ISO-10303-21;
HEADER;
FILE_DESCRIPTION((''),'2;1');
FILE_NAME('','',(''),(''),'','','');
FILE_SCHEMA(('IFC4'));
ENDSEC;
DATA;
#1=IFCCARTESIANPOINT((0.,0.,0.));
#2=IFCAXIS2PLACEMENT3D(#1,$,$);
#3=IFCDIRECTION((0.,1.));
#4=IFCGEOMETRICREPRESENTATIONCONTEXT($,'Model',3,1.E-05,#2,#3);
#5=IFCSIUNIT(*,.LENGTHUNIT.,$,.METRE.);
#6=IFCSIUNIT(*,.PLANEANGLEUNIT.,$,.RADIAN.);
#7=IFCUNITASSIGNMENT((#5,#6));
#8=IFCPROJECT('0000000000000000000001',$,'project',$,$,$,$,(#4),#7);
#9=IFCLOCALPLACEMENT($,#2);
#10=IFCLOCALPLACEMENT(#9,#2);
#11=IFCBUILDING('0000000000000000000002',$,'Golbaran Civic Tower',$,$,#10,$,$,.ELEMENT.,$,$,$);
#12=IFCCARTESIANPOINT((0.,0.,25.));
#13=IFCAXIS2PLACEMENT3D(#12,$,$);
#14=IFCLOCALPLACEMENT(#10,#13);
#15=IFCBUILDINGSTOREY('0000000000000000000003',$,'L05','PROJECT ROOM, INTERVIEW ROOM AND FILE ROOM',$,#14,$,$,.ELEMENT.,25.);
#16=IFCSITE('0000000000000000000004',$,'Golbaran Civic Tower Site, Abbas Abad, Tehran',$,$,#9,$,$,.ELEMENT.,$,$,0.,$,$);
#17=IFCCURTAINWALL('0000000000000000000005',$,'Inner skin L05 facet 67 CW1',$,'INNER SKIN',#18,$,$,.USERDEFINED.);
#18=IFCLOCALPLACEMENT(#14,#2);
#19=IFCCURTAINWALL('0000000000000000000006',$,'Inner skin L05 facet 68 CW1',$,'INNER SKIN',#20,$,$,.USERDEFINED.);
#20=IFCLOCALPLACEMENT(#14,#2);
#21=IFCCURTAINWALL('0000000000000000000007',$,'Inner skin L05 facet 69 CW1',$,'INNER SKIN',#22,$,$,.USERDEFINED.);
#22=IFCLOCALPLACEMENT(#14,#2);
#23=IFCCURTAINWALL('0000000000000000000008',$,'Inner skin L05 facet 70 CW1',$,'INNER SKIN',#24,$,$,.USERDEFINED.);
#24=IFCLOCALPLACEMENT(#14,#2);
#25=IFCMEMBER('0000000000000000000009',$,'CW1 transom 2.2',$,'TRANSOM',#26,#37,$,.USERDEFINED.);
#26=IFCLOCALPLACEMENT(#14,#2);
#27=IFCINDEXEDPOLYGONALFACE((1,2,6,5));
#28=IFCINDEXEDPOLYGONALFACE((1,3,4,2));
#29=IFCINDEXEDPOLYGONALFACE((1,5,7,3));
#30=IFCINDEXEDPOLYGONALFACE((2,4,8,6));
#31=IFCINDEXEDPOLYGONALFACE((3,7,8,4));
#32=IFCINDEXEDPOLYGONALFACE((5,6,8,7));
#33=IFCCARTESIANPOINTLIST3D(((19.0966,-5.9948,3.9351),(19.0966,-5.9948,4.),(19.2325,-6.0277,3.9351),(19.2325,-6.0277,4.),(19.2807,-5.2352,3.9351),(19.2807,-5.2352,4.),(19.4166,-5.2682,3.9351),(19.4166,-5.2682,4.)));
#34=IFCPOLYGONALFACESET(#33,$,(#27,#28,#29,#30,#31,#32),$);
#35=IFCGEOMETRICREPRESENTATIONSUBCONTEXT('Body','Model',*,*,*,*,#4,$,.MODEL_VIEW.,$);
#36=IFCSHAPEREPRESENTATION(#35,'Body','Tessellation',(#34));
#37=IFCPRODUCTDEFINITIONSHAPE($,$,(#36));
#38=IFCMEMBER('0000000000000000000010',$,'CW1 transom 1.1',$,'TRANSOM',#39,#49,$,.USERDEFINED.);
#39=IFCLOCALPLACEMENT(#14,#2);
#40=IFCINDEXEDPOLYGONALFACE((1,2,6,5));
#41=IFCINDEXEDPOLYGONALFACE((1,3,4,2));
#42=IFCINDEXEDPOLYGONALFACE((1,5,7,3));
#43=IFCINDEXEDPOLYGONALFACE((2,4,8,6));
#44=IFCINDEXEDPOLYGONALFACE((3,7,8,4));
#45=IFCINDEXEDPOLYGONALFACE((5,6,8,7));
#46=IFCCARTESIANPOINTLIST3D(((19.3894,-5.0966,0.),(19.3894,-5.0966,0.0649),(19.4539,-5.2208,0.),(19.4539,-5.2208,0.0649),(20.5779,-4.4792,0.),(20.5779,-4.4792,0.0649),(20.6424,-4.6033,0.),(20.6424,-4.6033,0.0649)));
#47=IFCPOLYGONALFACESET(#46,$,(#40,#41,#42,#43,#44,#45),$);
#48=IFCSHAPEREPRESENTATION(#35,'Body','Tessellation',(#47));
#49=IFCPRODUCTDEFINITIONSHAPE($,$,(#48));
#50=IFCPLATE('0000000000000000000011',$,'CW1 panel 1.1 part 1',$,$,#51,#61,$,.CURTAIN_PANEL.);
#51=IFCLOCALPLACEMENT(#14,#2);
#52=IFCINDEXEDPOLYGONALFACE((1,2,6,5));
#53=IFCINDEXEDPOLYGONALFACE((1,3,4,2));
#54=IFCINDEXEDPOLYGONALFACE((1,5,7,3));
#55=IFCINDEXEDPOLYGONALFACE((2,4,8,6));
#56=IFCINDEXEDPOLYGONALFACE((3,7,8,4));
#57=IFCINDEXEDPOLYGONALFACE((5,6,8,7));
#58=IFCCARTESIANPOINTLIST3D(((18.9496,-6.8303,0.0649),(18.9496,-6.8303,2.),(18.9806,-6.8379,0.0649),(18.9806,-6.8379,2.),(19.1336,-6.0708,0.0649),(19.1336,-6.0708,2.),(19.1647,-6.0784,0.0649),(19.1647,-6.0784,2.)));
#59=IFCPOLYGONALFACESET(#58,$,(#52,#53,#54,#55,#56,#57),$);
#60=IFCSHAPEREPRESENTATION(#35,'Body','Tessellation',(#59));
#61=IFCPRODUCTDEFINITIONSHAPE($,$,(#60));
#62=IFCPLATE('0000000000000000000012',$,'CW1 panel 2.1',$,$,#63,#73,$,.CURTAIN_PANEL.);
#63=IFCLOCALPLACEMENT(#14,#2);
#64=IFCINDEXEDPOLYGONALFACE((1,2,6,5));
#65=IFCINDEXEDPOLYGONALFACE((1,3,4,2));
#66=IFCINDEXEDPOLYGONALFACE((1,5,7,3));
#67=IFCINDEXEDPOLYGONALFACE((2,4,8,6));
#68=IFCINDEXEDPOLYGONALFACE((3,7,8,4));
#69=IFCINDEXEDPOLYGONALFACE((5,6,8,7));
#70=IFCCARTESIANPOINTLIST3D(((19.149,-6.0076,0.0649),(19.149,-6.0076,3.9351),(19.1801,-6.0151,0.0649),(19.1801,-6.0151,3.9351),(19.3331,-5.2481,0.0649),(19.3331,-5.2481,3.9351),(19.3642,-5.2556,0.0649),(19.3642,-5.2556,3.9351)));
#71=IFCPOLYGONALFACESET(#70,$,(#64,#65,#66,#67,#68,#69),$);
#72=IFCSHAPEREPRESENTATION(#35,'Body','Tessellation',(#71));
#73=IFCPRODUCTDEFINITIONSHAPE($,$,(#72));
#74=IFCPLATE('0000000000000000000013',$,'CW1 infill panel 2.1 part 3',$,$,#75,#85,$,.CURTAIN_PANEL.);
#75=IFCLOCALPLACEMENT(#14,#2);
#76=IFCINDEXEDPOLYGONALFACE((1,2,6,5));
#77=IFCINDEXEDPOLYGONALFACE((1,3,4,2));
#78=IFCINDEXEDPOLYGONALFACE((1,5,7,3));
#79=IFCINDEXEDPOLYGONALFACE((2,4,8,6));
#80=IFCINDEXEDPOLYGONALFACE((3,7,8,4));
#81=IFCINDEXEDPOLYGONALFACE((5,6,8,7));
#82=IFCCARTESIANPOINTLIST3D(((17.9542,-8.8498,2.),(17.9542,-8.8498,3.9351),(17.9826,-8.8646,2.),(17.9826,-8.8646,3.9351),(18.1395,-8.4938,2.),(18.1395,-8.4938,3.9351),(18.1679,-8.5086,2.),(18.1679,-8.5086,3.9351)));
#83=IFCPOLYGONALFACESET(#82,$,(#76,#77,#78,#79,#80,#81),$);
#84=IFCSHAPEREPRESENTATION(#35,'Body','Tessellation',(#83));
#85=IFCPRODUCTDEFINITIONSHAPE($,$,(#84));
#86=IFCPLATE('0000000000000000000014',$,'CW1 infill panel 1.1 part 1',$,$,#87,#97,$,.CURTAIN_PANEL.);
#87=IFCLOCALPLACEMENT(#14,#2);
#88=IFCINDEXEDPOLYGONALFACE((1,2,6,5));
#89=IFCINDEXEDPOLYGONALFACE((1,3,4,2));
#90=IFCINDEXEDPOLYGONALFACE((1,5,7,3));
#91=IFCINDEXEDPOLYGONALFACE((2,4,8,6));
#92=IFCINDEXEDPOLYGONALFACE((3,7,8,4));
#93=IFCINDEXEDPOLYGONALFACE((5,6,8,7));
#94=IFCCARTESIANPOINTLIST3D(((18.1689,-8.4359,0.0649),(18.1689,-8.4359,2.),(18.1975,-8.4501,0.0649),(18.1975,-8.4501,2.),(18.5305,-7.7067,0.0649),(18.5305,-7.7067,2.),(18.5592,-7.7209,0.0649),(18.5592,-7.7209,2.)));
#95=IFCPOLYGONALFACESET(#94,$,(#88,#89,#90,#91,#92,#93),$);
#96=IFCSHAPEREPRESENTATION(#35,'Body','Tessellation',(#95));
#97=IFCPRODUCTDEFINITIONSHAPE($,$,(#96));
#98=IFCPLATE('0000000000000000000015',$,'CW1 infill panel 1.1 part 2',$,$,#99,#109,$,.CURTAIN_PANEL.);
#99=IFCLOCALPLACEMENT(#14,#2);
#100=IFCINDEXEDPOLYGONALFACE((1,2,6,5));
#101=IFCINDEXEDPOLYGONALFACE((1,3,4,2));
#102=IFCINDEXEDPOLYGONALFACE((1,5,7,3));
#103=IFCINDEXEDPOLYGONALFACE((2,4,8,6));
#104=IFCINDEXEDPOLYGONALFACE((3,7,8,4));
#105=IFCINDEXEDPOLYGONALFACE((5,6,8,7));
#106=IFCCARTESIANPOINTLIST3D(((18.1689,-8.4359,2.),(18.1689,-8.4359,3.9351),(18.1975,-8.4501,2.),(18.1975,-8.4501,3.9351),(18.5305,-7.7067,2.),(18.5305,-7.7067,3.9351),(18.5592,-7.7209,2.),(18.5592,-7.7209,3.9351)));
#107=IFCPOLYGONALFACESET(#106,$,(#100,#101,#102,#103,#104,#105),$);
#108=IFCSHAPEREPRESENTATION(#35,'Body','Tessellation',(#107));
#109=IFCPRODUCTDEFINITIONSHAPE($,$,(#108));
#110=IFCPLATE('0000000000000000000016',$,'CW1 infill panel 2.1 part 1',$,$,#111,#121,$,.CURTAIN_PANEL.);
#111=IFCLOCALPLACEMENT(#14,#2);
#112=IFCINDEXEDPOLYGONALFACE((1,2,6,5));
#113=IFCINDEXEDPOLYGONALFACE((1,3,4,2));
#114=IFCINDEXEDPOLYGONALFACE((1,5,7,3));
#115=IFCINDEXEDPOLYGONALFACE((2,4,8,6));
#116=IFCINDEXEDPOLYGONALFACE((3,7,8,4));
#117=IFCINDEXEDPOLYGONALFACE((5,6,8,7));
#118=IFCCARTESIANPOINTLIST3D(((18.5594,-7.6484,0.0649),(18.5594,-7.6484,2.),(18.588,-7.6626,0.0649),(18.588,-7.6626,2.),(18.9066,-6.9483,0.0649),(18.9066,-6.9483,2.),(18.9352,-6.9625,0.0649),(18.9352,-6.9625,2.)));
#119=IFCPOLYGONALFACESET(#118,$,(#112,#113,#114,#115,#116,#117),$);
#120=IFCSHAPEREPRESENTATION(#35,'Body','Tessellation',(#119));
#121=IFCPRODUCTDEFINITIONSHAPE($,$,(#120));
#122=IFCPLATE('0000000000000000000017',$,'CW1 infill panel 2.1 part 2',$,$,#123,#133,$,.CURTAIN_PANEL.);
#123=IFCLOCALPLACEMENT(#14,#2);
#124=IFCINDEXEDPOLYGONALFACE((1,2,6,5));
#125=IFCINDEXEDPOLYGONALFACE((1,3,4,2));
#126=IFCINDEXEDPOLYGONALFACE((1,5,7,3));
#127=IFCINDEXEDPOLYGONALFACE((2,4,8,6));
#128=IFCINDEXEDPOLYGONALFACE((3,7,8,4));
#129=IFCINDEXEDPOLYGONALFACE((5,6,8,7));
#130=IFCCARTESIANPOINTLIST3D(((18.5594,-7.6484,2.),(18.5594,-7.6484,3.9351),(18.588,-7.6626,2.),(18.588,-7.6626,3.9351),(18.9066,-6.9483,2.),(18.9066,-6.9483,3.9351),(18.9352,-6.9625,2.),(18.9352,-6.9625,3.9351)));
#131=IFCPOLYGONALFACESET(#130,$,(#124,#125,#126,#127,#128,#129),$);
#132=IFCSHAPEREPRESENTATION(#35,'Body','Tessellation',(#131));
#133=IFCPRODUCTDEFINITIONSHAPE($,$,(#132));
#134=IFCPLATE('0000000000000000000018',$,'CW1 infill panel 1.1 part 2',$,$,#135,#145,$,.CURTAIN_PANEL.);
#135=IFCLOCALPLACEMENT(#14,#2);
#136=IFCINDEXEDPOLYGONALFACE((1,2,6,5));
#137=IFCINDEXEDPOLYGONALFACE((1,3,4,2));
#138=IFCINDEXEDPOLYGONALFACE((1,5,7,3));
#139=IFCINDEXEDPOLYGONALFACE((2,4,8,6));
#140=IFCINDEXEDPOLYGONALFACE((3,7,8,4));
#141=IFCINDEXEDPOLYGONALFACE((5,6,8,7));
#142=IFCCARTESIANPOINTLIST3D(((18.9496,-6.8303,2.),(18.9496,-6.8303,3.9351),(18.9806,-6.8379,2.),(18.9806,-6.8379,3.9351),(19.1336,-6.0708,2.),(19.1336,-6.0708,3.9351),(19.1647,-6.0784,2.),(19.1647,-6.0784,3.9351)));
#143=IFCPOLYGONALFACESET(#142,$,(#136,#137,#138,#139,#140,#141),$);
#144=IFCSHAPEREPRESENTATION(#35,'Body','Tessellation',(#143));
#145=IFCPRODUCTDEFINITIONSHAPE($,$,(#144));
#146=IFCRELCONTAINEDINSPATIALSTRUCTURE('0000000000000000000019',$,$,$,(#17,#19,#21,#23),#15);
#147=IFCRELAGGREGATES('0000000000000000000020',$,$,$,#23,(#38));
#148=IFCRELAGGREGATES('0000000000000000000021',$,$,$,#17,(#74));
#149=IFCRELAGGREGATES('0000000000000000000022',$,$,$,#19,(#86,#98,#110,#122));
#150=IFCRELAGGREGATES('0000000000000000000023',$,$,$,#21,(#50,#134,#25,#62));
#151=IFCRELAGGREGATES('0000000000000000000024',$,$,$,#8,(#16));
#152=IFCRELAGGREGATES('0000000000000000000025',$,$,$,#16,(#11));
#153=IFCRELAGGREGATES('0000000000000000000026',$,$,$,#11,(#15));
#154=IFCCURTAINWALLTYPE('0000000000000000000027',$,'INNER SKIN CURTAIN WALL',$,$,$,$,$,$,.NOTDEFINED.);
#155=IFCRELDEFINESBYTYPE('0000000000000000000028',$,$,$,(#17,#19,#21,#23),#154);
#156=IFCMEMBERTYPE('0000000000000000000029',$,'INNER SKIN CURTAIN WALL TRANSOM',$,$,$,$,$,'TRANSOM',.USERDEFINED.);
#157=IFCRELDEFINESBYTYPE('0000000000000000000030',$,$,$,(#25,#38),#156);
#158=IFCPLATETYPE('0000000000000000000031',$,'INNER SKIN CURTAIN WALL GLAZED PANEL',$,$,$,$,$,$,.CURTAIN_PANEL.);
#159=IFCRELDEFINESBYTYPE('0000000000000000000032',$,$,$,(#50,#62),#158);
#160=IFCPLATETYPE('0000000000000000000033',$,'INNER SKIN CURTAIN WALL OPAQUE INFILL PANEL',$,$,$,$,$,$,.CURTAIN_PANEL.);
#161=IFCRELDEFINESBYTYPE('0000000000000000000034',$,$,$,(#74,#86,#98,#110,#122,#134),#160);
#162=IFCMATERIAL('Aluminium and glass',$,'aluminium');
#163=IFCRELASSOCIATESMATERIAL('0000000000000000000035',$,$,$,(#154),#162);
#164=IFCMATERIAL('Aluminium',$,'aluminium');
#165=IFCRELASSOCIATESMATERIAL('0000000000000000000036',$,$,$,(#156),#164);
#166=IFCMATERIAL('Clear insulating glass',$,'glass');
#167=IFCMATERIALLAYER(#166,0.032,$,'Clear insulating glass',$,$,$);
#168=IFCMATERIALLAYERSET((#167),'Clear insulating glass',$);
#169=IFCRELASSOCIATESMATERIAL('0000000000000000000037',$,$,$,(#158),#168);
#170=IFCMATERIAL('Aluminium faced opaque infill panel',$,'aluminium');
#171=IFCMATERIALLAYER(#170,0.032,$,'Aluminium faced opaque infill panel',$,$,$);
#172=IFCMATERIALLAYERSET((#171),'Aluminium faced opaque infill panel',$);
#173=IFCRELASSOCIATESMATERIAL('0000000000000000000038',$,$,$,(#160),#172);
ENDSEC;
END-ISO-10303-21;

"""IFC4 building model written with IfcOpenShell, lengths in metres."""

from ifc_helpers import new_model, si_unit, direction, frame, origin, origin_2d, place, context, subcontext, project, spatial, rectangle, extrude, material, layer, layer_set, material_profile, profile_set, type_object, element, aggregate, save


model = new_model("IFC4")

# Units and contexts
model_context = context("Model", 3, precision=1e-05, world=origin(), true_north=direction((0.0, 1.0)))
body_context = subcontext(model_context, "Body", "Model", "MODEL_VIEW")
ifc_project = project(units=[si_unit("LENGTHUNIT", "METRE"), si_unit("PLANEANGLEUNIT", "RADIAN")], contexts=[model_context])

# Site, building, storey
site_placement = place(None, origin())
site = spatial("IfcSite", under=ifc_project, at=site_placement, Name="Golbaran Civic Tower Site, Abbas Abad, Tehran", CompositionType="ELEMENT", RefElevation=0.0)
building_placement = place(site_placement, origin())
building = spatial("IfcBuilding", under=site, at=building_placement, Name="Golbaran Civic Tower", CompositionType="ELEMENT")
storey_placement = place(building_placement, frame((0.0, 0.0, 25.0)))
storey = spatial("IfcBuildingStorey", under=building, at=storey_placement, Name="L05", Description="PROJECT ROOM, INTERVIEW ROOM AND FILE ROOM", CompositionType="ELEMENT", Elevation=25.0)

# Curtain wall
ifc_material_1 = material(Name="Aluminium and glass", Category="aluminium")
curtain_wall_type = type_object("IfcCurtainWallType", Name="INNER SKIN CURTAIN WALL", PredefinedType="NOTDEFINED", material=ifc_material_1)
curtain_wall_1_placement = place(storey_placement, origin())
curtain_wall_1 = element("IfcCurtainWall", 1, at=curtain_wall_1_placement, inside=storey, type_object=curtain_wall_type, Name="Inner skin L05 facet 67 CW1", ObjectType="INNER SKIN", PredefinedType="USERDEFINED")
ifc_material_2 = material(Name="Aluminium", Category="aluminium")

# Curtain walls
curtain_wall_2_placement = place(storey_placement, origin())
curtain_wall_2 = element("IfcCurtainWall", 2, at=curtain_wall_2_placement, inside=storey, type_object=curtain_wall_type, Name="Inner skin L05 facet 68 CW1", ObjectType="INNER SKIN", PredefinedType="USERDEFINED")
curtain_wall_3_placement = place(storey_placement, origin())
curtain_wall_3 = element("IfcCurtainWall", 3, at=curtain_wall_3_placement, inside=storey, type_object=curtain_wall_type, Name="Inner skin L05 facet 69 CW1", ObjectType="INNER SKIN", PredefinedType="USERDEFINED")

# Curtain wall
curtain_wall_4_placement = place(storey_placement, origin())
curtain_wall_4 = element("IfcCurtainWall", 4, at=curtain_wall_4_placement, inside=storey, type_object=curtain_wall_type, Name="Inner skin L05 facet 70 CW1", ObjectType="INNER SKIN", PredefinedType="USERDEFINED")

# Members
ifc_material_profile_1 = material_profile(ifc_material_2, rectangle(XDim=0.1399, YDim=0.0649, at=origin_2d()), Name="INNER SKIN CURTAIN WALL TRANSOM")
ifc_profile_set_1 = profile_set([ifc_material_profile_1], Name="Aluminium")
member_type_1 = type_object("IfcMemberType", Name="INNER SKIN CURTAIN WALL TRANSOM", ElementType="TRANSOM", PredefinedType="USERDEFINED", material=ifc_profile_set_1)
member_1_placement = place(storey_placement, frame((19.1646, -6.0112, 3.9675), z_axis=(0.235546, 0.971863, 0.0), x_axis=(-0.971863, 0.235546, 0.0)))
member_1 = element("IfcMember", 5, at=member_1_placement, type_object=member_type_1, Name="CW1 transom 2.2", ObjectType="TRANSOM", PredefinedType="USERDEFINED", context=body_context, shape_type="SweptSolid", body=[
    extrude(rectangle(XDim=0.1399, YDim=0.0649, at=origin_2d()), origin(), (0.0, 0.0, 1.0), 0.7815),
])
member_2_placement = place(storey_placement, frame((19.4216, -5.1587, 0.0325), z_axis=(0.887393, 0.461014, 0.0), x_axis=(-0.461014, 0.887393, 0.0)))
member_2 = element("IfcMember", 6, at=member_2_placement, type_object=member_type_1, Name="CW1 transom 1.1", ObjectType="TRANSOM", PredefinedType="USERDEFINED", context=body_context, shape_type="SweptSolid", body=[
    extrude(rectangle(XDim=0.1399, YDim=0.0649, at=origin_2d()), origin(), (0.0, 0.0, 1.0), 1.3394),
])
aggregate(curtain_wall_4, [member_2])

# Plates
ifc_material_3 = material(Name="Clear insulating glass", Category="glass")
ifc_layer_1 = layer(ifc_material_3, 0.032, Name="Clear insulating glass")
ifc_layer_set_1 = layer_set([ifc_layer_1], Name="Clear insulating glass")
plate_type_1 = type_object("IfcPlateType", Name="INNER SKIN CURTAIN WALL GLAZED PANEL", PredefinedType="CURTAIN_PANEL", material=ifc_layer_set_1)
plate_1_placement = place(storey_placement, frame((19.0571, -6.4543, 0.0649), z_axis=(0.0, 0.0, 1.0), x_axis=(0.235525, 0.971868, 0.0)))
plate_1 = element("IfcPlate", 7, at=plate_1_placement, type_object=plate_type_1, Name="CW1 panel 1.1 part 1", PredefinedType="CURTAIN_PANEL", context=body_context, shape_type="SweptSolid", body=[
    extrude(rectangle(XDim=0.7815, YDim=0.032, at=origin_2d()), origin(), (0.0, 0.0, 1.0), 1.9351),
])
plate_2_placement = place(storey_placement, frame((19.2566, -5.6316, 0.0649), z_axis=(0.0, 0.0, 1.0), x_axis=(0.235525, 0.971868, 0.0)))
plate_2 = element("IfcPlate", 8, at=plate_2_placement, type_object=plate_type_1, Name="CW1 panel 2.1", PredefinedType="CURTAIN_PANEL", context=body_context, shape_type="SweptSolid", body=[
    extrude(rectangle(XDim=0.7815, YDim=0.032, at=origin_2d()), origin(), (0.0, 0.0, 1.0), 3.8701),
])
ifc_material_4 = material(Name="Aluminium faced opaque infill panel", Category="aluminium")
ifc_layer_2 = layer(ifc_material_4, 0.032, Name="Aluminium faced opaque infill panel")
ifc_layer_set_2 = layer_set([ifc_layer_2], Name="Aluminium faced opaque infill panel")
plate_type_2 = type_object("IfcPlateType", Name="INNER SKIN CURTAIN WALL OPAQUE INFILL PANEL", PredefinedType="CURTAIN_PANEL", material=ifc_layer_set_2)
plate_3_placement = place(storey_placement, frame((18.061, -8.6792, 2.0), z_axis=(0.0, 0.0, 1.0), x_axis=(0.461749, 0.887011, 0.0)))
plate_3 = element("IfcPlate", 9, at=plate_3_placement, type_object=plate_type_2, Name="CW1 infill panel 2.1 part 3", PredefinedType="CURTAIN_PANEL", context=body_context, shape_type="SweptSolid", body=[
    extrude(rectangle(XDim=0.4014, YDim=0.032, at=origin_2d()), origin(), (0.0, 0.0, 1.0), 1.9351),
])
aggregate(curtain_wall_1, [plate_3])
plate_4_placement = place(storey_placement, frame((18.364, -8.0784, 0.0649), z_axis=(0.0, 0.0, 1.0), x_axis=(0.444283, 0.895887, 0.0)))
plate_4 = element("IfcPlate", 10, at=plate_4_placement, type_object=plate_type_2, Name="CW1 infill panel 1.1 part 1", PredefinedType="CURTAIN_PANEL", context=body_context, shape_type="SweptSolid", body=[
    extrude(rectangle(XDim=0.814, YDim=0.032, at=origin_2d()), origin(), (0.0, 0.0, 1.0), 1.9351),
])
plate_5_placement = place(storey_placement, frame((18.364, -8.0784, 2.0), z_axis=(0.0, 0.0, 1.0), x_axis=(0.444283, 0.895887, 0.0)))
plate_5 = element("IfcPlate", 11, at=plate_5_placement, type_object=plate_type_2, Name="CW1 infill panel 1.1 part 2", PredefinedType="CURTAIN_PANEL", context=body_context, shape_type="SweptSolid", body=[
    extrude(rectangle(XDim=0.814, YDim=0.032, at=origin_2d()), origin(), (0.0, 0.0, 1.0), 1.9351),
])
plate_6_placement = place(storey_placement, frame((18.7473, -7.3054, 0.0649), z_axis=(0.0, 0.0, 1.0), x_axis=(0.444283, 0.895887, 0.0)))
plate_6 = element("IfcPlate", 12, at=plate_6_placement, type_object=plate_type_2, Name="CW1 infill panel 2.1 part 1", PredefinedType="CURTAIN_PANEL", context=body_context, shape_type="SweptSolid", body=[
    extrude(rectangle(XDim=0.7815, YDim=0.032, at=origin_2d()), origin(), (0.0, 0.0, 1.0), 1.9351),
])
plate_7_placement = place(storey_placement, frame((18.7473, -7.3054, 2.0), z_axis=(0.0, 0.0, 1.0), x_axis=(0.444283, 0.895887, 0.0)))
plate_7 = element("IfcPlate", 13, at=plate_7_placement, type_object=plate_type_2, Name="CW1 infill panel 2.1 part 2", PredefinedType="CURTAIN_PANEL", context=body_context, shape_type="SweptSolid", body=[
    extrude(rectangle(XDim=0.7815, YDim=0.032, at=origin_2d()), origin(), (0.0, 0.0, 1.0), 1.9351),
])
aggregate(curtain_wall_2, [plate_4, plate_5, plate_6, plate_7])
plate_8_placement = place(storey_placement, frame((19.0571, -6.4543, 2.0), z_axis=(0.0, 0.0, 1.0), x_axis=(0.235525, 0.971868, 0.0)))
plate_8 = element("IfcPlate", 14, at=plate_8_placement, type_object=plate_type_2, Name="CW1 infill panel 1.1 part 2", PredefinedType="CURTAIN_PANEL", context=body_context, shape_type="SweptSolid", body=[
    extrude(rectangle(XDim=0.7815, YDim=0.032, at=origin_2d()), origin(), (0.0, 0.0, 1.0), 1.9351),
])
aggregate(curtain_wall_3, [plate_1, plate_8, member_1, plate_2])

save(model, "model.ifc")
